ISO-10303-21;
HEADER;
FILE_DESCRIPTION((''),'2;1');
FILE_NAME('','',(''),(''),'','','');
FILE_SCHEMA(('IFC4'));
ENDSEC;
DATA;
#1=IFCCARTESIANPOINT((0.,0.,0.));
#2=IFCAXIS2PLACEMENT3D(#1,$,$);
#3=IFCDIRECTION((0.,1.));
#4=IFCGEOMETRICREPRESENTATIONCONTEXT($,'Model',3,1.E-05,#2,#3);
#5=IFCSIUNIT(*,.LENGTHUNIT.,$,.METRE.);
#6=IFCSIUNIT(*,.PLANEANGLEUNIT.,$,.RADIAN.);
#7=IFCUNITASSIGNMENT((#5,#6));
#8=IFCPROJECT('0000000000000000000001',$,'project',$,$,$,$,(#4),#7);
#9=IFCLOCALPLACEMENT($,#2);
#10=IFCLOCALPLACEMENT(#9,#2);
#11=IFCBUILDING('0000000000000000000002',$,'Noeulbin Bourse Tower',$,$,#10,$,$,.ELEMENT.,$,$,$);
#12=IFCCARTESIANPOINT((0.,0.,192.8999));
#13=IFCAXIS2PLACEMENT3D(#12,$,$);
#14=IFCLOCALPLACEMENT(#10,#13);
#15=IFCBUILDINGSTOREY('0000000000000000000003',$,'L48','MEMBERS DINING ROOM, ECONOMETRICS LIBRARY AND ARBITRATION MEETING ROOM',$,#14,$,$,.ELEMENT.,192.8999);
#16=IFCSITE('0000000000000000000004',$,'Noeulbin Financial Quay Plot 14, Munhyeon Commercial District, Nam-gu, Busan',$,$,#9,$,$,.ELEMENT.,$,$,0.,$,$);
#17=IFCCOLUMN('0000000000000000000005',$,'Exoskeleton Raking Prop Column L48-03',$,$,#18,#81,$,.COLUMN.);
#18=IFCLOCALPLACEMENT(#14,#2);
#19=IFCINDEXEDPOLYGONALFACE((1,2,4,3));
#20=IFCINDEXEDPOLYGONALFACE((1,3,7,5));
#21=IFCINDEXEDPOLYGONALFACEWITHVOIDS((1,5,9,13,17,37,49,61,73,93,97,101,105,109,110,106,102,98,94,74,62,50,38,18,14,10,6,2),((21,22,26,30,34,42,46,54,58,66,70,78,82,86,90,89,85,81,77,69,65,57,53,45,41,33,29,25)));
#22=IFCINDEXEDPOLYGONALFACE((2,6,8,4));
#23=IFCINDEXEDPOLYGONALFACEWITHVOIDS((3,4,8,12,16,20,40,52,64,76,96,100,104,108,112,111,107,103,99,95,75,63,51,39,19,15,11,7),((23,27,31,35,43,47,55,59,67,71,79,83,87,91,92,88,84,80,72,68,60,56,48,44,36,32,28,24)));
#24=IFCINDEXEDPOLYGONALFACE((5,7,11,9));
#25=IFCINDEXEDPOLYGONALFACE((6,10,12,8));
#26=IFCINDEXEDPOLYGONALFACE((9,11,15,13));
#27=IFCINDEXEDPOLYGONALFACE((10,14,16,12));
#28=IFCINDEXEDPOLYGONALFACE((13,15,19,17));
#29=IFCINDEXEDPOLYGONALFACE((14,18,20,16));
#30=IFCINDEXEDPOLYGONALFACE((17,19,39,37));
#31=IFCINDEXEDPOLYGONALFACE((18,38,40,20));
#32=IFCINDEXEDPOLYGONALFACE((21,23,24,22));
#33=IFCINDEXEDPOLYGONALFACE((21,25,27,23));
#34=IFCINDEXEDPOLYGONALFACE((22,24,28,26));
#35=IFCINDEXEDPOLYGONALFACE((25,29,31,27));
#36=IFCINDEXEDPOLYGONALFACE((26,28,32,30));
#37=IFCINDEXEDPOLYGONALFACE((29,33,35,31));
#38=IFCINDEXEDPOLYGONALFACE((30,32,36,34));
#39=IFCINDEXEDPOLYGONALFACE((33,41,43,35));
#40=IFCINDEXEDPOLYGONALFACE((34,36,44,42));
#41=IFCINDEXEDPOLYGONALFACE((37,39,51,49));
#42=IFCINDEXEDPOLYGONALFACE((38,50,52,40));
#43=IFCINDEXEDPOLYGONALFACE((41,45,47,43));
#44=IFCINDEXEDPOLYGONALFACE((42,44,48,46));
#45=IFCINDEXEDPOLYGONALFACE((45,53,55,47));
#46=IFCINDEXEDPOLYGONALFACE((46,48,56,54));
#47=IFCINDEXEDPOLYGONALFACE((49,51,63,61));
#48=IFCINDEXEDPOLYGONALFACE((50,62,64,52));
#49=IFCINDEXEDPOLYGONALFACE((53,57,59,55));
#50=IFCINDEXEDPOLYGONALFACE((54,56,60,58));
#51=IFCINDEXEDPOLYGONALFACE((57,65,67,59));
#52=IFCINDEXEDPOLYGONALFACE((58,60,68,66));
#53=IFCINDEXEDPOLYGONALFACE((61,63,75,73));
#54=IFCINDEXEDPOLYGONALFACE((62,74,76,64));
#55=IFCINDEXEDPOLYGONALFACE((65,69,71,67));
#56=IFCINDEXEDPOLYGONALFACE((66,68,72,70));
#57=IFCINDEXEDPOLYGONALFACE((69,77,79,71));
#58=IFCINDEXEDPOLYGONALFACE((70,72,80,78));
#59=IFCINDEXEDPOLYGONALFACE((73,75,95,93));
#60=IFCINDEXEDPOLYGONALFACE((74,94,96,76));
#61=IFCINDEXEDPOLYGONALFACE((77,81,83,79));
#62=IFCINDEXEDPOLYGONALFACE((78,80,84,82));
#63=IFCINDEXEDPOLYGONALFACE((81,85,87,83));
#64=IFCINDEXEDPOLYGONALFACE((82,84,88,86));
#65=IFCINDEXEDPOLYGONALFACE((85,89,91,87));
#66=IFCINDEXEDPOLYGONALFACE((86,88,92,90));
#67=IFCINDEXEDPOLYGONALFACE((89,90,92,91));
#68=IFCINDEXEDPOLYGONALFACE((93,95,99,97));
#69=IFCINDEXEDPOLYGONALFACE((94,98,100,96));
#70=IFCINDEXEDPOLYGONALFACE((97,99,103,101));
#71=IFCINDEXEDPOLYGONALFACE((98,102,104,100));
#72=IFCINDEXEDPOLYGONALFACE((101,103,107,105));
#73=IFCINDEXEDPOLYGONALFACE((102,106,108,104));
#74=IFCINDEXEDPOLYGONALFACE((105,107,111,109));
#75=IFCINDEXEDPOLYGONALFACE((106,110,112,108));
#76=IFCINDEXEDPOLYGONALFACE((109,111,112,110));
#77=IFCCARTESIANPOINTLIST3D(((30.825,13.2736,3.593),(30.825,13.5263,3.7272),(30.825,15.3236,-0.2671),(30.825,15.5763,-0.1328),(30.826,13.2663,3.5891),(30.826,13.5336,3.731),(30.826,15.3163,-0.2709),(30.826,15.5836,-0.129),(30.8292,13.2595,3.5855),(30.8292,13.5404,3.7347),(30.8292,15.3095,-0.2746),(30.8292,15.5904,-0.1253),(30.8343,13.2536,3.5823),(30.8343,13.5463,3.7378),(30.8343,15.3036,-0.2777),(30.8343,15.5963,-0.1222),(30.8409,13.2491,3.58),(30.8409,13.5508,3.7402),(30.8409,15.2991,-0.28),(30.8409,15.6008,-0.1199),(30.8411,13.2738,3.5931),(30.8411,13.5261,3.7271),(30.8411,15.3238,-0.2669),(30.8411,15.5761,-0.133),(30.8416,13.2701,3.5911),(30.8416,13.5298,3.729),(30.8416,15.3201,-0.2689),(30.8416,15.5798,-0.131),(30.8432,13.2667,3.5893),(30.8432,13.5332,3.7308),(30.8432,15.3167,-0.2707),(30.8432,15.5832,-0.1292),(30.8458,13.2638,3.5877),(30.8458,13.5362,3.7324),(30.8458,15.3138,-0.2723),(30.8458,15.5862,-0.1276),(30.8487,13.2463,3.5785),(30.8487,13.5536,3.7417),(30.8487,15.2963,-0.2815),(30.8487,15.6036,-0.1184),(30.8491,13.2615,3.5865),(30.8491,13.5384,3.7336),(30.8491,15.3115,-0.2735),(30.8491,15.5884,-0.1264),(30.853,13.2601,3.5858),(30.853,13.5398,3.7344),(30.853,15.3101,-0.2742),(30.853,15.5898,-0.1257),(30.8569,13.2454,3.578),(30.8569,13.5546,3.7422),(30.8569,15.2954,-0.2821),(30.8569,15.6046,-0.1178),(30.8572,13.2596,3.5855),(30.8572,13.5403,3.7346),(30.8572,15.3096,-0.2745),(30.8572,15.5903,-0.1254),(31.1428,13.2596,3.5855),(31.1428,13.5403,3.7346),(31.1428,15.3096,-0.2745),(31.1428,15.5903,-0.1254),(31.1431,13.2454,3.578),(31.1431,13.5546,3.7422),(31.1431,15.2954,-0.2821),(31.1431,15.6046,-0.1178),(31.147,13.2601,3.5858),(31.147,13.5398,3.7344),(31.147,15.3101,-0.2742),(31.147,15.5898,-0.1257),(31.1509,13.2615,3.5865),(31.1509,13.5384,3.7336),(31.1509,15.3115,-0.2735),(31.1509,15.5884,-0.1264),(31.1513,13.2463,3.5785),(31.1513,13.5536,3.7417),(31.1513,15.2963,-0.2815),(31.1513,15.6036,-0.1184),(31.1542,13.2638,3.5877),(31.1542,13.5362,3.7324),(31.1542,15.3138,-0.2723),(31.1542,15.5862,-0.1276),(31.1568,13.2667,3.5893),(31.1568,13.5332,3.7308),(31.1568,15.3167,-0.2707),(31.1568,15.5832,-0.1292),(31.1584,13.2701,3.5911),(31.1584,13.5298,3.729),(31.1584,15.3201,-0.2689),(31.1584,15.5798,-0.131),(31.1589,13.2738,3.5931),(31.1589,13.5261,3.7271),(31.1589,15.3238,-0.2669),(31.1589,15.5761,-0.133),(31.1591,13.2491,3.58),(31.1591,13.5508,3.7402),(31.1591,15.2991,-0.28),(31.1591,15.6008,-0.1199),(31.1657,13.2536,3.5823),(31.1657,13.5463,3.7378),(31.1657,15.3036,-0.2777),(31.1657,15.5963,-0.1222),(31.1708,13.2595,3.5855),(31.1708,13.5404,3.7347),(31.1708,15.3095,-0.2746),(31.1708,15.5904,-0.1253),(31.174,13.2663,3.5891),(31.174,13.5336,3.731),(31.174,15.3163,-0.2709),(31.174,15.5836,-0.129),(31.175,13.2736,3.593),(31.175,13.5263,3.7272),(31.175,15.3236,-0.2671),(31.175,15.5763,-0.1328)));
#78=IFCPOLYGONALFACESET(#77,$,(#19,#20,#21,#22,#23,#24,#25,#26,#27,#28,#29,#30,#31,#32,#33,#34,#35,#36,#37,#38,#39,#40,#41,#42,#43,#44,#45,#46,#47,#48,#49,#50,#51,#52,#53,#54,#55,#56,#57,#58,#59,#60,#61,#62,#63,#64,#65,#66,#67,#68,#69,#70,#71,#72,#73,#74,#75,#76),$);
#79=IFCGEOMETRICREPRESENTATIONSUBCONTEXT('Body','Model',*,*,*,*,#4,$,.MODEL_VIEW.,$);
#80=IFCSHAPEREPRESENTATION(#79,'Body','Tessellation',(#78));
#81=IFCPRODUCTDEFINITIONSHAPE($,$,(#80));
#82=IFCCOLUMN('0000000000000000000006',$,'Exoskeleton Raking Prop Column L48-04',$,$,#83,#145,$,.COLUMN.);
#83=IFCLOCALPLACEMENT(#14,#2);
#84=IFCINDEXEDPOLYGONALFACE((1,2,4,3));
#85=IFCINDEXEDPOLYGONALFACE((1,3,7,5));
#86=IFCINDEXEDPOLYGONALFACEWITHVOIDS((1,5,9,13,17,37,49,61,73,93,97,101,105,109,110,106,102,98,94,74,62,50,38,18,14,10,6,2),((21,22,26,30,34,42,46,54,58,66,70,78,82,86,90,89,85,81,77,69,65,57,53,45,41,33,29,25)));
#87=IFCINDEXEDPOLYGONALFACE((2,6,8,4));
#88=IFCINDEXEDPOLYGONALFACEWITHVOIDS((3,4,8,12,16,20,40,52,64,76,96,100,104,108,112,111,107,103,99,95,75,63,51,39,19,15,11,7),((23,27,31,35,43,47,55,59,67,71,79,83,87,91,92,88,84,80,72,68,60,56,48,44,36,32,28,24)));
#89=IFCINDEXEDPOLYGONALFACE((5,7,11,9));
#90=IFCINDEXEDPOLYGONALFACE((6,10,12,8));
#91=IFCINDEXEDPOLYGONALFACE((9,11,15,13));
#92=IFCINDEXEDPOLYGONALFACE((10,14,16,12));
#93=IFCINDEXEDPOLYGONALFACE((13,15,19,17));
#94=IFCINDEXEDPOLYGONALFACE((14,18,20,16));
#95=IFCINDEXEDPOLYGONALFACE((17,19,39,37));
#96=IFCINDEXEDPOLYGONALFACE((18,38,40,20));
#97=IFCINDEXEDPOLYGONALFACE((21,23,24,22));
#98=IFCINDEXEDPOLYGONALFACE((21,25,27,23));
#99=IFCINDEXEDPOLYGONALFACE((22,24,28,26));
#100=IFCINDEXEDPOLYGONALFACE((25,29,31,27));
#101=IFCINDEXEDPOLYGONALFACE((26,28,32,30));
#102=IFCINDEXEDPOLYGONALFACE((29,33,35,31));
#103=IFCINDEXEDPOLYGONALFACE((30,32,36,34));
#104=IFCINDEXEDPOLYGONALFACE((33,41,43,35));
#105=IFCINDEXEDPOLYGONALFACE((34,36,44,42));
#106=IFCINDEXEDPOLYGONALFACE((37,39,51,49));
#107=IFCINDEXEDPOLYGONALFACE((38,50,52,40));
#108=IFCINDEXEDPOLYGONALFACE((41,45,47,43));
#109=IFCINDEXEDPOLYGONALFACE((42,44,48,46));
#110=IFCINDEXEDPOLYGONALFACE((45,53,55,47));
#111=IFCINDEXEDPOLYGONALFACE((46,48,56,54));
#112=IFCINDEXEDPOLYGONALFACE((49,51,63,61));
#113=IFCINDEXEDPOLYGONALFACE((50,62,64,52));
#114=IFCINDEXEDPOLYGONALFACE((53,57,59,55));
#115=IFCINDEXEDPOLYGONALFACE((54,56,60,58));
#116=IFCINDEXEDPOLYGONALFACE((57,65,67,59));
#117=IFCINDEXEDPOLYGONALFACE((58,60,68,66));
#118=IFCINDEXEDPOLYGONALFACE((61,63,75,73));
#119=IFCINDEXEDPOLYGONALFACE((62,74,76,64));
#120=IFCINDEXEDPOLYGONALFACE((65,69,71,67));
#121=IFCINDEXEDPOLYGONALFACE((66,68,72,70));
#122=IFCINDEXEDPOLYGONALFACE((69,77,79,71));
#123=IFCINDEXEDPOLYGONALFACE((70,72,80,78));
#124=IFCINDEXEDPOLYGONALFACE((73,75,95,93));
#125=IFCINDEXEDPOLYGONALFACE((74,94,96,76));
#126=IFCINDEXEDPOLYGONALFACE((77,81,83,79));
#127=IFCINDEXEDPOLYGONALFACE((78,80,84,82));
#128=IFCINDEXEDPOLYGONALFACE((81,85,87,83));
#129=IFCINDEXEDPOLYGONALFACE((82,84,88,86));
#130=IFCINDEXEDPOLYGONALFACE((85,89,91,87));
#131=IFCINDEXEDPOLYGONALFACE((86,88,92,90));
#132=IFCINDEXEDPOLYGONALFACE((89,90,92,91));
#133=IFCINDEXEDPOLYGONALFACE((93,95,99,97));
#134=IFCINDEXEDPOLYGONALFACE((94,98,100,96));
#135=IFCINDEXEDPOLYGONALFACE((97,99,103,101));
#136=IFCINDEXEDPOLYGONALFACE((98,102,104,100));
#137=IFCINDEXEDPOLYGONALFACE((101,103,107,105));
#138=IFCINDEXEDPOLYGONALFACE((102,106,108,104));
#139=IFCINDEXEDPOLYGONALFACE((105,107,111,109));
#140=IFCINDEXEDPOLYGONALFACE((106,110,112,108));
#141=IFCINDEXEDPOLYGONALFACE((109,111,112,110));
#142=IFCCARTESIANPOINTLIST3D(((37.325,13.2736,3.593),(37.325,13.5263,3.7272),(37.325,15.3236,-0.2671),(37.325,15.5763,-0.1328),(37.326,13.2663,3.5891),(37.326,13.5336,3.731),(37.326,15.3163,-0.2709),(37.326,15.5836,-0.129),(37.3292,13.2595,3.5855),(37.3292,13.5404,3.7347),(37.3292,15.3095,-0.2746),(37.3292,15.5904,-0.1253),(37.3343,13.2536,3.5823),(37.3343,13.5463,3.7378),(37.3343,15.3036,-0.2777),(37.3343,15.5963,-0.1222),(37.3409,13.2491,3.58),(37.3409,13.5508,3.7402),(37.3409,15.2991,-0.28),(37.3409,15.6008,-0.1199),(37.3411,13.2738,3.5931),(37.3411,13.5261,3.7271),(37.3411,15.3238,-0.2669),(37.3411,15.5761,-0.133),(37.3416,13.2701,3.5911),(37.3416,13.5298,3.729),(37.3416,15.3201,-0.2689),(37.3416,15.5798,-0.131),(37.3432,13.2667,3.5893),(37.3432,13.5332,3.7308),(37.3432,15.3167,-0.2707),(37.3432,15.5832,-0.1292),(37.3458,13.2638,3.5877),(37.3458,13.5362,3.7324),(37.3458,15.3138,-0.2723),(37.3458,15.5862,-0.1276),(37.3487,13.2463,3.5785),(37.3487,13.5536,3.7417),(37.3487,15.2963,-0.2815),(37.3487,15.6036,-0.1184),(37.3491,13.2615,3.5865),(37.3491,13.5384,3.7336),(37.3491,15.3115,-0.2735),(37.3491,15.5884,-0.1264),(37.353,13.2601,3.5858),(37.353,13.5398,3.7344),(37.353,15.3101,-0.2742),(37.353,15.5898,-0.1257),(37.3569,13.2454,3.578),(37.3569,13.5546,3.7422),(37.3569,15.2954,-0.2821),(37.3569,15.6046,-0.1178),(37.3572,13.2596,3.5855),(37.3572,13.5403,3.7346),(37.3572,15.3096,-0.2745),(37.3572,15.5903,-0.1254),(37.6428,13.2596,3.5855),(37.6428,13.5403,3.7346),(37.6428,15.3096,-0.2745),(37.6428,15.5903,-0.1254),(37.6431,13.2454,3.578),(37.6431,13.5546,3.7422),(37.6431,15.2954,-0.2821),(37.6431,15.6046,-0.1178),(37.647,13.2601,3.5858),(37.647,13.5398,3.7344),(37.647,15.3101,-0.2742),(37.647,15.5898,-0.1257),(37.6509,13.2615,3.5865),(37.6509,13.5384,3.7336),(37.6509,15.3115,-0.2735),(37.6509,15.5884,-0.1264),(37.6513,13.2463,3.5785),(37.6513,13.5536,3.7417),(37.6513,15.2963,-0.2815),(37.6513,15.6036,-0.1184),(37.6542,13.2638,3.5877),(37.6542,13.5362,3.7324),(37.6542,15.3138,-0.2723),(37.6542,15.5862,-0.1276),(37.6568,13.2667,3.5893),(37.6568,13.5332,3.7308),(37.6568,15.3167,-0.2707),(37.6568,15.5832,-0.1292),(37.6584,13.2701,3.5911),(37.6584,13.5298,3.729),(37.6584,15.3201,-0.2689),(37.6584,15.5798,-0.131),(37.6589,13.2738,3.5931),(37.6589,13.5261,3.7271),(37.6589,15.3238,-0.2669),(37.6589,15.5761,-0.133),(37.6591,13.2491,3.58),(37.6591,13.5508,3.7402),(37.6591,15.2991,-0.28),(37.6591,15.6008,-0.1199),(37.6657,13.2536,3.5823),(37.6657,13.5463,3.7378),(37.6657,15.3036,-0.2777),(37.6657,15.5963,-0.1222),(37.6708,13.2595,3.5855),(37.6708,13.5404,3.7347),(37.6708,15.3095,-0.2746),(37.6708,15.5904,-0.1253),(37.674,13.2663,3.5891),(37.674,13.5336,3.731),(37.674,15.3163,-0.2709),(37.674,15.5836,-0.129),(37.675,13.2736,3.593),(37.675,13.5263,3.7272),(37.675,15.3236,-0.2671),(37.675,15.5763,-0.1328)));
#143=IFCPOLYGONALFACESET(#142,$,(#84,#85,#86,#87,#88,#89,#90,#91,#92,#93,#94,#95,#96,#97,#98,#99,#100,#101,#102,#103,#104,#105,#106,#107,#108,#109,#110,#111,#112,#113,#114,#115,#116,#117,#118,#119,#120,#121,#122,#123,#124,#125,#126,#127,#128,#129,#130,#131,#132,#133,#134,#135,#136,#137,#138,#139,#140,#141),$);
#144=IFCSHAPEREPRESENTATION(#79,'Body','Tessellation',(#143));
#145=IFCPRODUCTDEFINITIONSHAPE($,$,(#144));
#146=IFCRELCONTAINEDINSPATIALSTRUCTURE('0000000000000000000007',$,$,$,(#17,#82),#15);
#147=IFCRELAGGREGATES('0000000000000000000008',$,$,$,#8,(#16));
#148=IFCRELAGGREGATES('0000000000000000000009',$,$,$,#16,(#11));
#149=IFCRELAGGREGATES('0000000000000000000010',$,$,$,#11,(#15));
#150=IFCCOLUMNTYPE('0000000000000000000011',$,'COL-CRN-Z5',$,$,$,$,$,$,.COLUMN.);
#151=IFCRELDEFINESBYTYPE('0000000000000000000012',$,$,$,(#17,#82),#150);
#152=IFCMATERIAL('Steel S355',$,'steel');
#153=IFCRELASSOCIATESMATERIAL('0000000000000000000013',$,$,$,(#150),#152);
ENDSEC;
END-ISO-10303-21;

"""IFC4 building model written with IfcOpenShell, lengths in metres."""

from ifc_helpers import new_model, si_unit, direction, frame, origin, origin_2d, place, context, subcontext, project, spatial, hollow_rectangle, extrude, material, material_profile, profile_set, type_object, element, save


model = new_model("IFC4")

# Units and contexts
model_context = context("Model", 3, precision=1e-05, world=origin(), true_north=direction((0.0, 1.0)))
body_context = subcontext(model_context, "Body", "Model", "MODEL_VIEW")
ifc_project = project(units=[si_unit("LENGTHUNIT", "METRE"), si_unit("PLANEANGLEUNIT", "RADIAN")], contexts=[model_context])

# Site, building, storey
site_placement = place(None, origin())
site = spatial("IfcSite", under=ifc_project, at=site_placement, Name="Noeulbin Financial Quay Plot 14, Munhyeon Commercial District, Nam-gu, Busan", CompositionType="ELEMENT", RefElevation=0.0)
building_placement = place(site_placement, origin())
building = spatial("IfcBuilding", under=site, at=building_placement, Name="Noeulbin Bourse Tower", CompositionType="ELEMENT")
storey_placement = place(building_placement, frame((0.0, 0.0, 192.8999)))
storey = spatial("IfcBuildingStorey", under=building, at=storey_placement, Name="L48", Description="MEMBERS DINING ROOM, ECONOMETRICS LIBRARY AND ARBITRATION MEETING ROOM", CompositionType="ELEMENT", Elevation=192.8999)

# Columns
ifc_material_1 = material(Name="Steel S355", Category="steel")
ifc_material_profile_1 = material_profile(ifc_material_1, hollow_rectangle(XDim=0.3501, YDim=0.3501, WallThickness=0.0161, InnerFilletRadius=0.0161, OuterFilletRadius=0.032, at=origin_2d()), Name="SHS-350x350x16", Category="LoadBearing")
ifc_profile_set_1 = profile_set([ifc_material_profile_1], Name="Steel S355")
column_type_1 = type_object("IfcColumnType", Name="COL-CRN-Z5", PredefinedType="COLUMN", material=ifc_profile_set_1)
for number, where, z_axis, x_axis, name in (
    (1, (31.0, 15.45, -0.2), (0.0, -0.469042, 0.883176), (1.0, 0.0, 0.0), "Exoskeleton Raking Prop Column L48-03"),
    (2, (37.5, 15.45, -0.2), (0.0, -0.469042, 0.883176), (1.0, 0.0, 0.0), "Exoskeleton Raking Prop Column L48-04"),
):
    element("IfcColumn", number, at=place(storey_placement, frame(where, z_axis=z_axis, x_axis=x_axis)), inside=storey, type_object=column_type_1, Name=name, PredefinedType="COLUMN", context=body_context, shape_type="SweptSolid", body=[
        extrude(hollow_rectangle(XDim=0.3501, YDim=0.3501, WallThickness=0.0161, InnerFilletRadius=0.0161, OuterFilletRadius=0.032, at=origin_2d()), origin(), (0.0, 0.0, 1.0), 4.3706),
    ])

save(model, "model.ifc")
